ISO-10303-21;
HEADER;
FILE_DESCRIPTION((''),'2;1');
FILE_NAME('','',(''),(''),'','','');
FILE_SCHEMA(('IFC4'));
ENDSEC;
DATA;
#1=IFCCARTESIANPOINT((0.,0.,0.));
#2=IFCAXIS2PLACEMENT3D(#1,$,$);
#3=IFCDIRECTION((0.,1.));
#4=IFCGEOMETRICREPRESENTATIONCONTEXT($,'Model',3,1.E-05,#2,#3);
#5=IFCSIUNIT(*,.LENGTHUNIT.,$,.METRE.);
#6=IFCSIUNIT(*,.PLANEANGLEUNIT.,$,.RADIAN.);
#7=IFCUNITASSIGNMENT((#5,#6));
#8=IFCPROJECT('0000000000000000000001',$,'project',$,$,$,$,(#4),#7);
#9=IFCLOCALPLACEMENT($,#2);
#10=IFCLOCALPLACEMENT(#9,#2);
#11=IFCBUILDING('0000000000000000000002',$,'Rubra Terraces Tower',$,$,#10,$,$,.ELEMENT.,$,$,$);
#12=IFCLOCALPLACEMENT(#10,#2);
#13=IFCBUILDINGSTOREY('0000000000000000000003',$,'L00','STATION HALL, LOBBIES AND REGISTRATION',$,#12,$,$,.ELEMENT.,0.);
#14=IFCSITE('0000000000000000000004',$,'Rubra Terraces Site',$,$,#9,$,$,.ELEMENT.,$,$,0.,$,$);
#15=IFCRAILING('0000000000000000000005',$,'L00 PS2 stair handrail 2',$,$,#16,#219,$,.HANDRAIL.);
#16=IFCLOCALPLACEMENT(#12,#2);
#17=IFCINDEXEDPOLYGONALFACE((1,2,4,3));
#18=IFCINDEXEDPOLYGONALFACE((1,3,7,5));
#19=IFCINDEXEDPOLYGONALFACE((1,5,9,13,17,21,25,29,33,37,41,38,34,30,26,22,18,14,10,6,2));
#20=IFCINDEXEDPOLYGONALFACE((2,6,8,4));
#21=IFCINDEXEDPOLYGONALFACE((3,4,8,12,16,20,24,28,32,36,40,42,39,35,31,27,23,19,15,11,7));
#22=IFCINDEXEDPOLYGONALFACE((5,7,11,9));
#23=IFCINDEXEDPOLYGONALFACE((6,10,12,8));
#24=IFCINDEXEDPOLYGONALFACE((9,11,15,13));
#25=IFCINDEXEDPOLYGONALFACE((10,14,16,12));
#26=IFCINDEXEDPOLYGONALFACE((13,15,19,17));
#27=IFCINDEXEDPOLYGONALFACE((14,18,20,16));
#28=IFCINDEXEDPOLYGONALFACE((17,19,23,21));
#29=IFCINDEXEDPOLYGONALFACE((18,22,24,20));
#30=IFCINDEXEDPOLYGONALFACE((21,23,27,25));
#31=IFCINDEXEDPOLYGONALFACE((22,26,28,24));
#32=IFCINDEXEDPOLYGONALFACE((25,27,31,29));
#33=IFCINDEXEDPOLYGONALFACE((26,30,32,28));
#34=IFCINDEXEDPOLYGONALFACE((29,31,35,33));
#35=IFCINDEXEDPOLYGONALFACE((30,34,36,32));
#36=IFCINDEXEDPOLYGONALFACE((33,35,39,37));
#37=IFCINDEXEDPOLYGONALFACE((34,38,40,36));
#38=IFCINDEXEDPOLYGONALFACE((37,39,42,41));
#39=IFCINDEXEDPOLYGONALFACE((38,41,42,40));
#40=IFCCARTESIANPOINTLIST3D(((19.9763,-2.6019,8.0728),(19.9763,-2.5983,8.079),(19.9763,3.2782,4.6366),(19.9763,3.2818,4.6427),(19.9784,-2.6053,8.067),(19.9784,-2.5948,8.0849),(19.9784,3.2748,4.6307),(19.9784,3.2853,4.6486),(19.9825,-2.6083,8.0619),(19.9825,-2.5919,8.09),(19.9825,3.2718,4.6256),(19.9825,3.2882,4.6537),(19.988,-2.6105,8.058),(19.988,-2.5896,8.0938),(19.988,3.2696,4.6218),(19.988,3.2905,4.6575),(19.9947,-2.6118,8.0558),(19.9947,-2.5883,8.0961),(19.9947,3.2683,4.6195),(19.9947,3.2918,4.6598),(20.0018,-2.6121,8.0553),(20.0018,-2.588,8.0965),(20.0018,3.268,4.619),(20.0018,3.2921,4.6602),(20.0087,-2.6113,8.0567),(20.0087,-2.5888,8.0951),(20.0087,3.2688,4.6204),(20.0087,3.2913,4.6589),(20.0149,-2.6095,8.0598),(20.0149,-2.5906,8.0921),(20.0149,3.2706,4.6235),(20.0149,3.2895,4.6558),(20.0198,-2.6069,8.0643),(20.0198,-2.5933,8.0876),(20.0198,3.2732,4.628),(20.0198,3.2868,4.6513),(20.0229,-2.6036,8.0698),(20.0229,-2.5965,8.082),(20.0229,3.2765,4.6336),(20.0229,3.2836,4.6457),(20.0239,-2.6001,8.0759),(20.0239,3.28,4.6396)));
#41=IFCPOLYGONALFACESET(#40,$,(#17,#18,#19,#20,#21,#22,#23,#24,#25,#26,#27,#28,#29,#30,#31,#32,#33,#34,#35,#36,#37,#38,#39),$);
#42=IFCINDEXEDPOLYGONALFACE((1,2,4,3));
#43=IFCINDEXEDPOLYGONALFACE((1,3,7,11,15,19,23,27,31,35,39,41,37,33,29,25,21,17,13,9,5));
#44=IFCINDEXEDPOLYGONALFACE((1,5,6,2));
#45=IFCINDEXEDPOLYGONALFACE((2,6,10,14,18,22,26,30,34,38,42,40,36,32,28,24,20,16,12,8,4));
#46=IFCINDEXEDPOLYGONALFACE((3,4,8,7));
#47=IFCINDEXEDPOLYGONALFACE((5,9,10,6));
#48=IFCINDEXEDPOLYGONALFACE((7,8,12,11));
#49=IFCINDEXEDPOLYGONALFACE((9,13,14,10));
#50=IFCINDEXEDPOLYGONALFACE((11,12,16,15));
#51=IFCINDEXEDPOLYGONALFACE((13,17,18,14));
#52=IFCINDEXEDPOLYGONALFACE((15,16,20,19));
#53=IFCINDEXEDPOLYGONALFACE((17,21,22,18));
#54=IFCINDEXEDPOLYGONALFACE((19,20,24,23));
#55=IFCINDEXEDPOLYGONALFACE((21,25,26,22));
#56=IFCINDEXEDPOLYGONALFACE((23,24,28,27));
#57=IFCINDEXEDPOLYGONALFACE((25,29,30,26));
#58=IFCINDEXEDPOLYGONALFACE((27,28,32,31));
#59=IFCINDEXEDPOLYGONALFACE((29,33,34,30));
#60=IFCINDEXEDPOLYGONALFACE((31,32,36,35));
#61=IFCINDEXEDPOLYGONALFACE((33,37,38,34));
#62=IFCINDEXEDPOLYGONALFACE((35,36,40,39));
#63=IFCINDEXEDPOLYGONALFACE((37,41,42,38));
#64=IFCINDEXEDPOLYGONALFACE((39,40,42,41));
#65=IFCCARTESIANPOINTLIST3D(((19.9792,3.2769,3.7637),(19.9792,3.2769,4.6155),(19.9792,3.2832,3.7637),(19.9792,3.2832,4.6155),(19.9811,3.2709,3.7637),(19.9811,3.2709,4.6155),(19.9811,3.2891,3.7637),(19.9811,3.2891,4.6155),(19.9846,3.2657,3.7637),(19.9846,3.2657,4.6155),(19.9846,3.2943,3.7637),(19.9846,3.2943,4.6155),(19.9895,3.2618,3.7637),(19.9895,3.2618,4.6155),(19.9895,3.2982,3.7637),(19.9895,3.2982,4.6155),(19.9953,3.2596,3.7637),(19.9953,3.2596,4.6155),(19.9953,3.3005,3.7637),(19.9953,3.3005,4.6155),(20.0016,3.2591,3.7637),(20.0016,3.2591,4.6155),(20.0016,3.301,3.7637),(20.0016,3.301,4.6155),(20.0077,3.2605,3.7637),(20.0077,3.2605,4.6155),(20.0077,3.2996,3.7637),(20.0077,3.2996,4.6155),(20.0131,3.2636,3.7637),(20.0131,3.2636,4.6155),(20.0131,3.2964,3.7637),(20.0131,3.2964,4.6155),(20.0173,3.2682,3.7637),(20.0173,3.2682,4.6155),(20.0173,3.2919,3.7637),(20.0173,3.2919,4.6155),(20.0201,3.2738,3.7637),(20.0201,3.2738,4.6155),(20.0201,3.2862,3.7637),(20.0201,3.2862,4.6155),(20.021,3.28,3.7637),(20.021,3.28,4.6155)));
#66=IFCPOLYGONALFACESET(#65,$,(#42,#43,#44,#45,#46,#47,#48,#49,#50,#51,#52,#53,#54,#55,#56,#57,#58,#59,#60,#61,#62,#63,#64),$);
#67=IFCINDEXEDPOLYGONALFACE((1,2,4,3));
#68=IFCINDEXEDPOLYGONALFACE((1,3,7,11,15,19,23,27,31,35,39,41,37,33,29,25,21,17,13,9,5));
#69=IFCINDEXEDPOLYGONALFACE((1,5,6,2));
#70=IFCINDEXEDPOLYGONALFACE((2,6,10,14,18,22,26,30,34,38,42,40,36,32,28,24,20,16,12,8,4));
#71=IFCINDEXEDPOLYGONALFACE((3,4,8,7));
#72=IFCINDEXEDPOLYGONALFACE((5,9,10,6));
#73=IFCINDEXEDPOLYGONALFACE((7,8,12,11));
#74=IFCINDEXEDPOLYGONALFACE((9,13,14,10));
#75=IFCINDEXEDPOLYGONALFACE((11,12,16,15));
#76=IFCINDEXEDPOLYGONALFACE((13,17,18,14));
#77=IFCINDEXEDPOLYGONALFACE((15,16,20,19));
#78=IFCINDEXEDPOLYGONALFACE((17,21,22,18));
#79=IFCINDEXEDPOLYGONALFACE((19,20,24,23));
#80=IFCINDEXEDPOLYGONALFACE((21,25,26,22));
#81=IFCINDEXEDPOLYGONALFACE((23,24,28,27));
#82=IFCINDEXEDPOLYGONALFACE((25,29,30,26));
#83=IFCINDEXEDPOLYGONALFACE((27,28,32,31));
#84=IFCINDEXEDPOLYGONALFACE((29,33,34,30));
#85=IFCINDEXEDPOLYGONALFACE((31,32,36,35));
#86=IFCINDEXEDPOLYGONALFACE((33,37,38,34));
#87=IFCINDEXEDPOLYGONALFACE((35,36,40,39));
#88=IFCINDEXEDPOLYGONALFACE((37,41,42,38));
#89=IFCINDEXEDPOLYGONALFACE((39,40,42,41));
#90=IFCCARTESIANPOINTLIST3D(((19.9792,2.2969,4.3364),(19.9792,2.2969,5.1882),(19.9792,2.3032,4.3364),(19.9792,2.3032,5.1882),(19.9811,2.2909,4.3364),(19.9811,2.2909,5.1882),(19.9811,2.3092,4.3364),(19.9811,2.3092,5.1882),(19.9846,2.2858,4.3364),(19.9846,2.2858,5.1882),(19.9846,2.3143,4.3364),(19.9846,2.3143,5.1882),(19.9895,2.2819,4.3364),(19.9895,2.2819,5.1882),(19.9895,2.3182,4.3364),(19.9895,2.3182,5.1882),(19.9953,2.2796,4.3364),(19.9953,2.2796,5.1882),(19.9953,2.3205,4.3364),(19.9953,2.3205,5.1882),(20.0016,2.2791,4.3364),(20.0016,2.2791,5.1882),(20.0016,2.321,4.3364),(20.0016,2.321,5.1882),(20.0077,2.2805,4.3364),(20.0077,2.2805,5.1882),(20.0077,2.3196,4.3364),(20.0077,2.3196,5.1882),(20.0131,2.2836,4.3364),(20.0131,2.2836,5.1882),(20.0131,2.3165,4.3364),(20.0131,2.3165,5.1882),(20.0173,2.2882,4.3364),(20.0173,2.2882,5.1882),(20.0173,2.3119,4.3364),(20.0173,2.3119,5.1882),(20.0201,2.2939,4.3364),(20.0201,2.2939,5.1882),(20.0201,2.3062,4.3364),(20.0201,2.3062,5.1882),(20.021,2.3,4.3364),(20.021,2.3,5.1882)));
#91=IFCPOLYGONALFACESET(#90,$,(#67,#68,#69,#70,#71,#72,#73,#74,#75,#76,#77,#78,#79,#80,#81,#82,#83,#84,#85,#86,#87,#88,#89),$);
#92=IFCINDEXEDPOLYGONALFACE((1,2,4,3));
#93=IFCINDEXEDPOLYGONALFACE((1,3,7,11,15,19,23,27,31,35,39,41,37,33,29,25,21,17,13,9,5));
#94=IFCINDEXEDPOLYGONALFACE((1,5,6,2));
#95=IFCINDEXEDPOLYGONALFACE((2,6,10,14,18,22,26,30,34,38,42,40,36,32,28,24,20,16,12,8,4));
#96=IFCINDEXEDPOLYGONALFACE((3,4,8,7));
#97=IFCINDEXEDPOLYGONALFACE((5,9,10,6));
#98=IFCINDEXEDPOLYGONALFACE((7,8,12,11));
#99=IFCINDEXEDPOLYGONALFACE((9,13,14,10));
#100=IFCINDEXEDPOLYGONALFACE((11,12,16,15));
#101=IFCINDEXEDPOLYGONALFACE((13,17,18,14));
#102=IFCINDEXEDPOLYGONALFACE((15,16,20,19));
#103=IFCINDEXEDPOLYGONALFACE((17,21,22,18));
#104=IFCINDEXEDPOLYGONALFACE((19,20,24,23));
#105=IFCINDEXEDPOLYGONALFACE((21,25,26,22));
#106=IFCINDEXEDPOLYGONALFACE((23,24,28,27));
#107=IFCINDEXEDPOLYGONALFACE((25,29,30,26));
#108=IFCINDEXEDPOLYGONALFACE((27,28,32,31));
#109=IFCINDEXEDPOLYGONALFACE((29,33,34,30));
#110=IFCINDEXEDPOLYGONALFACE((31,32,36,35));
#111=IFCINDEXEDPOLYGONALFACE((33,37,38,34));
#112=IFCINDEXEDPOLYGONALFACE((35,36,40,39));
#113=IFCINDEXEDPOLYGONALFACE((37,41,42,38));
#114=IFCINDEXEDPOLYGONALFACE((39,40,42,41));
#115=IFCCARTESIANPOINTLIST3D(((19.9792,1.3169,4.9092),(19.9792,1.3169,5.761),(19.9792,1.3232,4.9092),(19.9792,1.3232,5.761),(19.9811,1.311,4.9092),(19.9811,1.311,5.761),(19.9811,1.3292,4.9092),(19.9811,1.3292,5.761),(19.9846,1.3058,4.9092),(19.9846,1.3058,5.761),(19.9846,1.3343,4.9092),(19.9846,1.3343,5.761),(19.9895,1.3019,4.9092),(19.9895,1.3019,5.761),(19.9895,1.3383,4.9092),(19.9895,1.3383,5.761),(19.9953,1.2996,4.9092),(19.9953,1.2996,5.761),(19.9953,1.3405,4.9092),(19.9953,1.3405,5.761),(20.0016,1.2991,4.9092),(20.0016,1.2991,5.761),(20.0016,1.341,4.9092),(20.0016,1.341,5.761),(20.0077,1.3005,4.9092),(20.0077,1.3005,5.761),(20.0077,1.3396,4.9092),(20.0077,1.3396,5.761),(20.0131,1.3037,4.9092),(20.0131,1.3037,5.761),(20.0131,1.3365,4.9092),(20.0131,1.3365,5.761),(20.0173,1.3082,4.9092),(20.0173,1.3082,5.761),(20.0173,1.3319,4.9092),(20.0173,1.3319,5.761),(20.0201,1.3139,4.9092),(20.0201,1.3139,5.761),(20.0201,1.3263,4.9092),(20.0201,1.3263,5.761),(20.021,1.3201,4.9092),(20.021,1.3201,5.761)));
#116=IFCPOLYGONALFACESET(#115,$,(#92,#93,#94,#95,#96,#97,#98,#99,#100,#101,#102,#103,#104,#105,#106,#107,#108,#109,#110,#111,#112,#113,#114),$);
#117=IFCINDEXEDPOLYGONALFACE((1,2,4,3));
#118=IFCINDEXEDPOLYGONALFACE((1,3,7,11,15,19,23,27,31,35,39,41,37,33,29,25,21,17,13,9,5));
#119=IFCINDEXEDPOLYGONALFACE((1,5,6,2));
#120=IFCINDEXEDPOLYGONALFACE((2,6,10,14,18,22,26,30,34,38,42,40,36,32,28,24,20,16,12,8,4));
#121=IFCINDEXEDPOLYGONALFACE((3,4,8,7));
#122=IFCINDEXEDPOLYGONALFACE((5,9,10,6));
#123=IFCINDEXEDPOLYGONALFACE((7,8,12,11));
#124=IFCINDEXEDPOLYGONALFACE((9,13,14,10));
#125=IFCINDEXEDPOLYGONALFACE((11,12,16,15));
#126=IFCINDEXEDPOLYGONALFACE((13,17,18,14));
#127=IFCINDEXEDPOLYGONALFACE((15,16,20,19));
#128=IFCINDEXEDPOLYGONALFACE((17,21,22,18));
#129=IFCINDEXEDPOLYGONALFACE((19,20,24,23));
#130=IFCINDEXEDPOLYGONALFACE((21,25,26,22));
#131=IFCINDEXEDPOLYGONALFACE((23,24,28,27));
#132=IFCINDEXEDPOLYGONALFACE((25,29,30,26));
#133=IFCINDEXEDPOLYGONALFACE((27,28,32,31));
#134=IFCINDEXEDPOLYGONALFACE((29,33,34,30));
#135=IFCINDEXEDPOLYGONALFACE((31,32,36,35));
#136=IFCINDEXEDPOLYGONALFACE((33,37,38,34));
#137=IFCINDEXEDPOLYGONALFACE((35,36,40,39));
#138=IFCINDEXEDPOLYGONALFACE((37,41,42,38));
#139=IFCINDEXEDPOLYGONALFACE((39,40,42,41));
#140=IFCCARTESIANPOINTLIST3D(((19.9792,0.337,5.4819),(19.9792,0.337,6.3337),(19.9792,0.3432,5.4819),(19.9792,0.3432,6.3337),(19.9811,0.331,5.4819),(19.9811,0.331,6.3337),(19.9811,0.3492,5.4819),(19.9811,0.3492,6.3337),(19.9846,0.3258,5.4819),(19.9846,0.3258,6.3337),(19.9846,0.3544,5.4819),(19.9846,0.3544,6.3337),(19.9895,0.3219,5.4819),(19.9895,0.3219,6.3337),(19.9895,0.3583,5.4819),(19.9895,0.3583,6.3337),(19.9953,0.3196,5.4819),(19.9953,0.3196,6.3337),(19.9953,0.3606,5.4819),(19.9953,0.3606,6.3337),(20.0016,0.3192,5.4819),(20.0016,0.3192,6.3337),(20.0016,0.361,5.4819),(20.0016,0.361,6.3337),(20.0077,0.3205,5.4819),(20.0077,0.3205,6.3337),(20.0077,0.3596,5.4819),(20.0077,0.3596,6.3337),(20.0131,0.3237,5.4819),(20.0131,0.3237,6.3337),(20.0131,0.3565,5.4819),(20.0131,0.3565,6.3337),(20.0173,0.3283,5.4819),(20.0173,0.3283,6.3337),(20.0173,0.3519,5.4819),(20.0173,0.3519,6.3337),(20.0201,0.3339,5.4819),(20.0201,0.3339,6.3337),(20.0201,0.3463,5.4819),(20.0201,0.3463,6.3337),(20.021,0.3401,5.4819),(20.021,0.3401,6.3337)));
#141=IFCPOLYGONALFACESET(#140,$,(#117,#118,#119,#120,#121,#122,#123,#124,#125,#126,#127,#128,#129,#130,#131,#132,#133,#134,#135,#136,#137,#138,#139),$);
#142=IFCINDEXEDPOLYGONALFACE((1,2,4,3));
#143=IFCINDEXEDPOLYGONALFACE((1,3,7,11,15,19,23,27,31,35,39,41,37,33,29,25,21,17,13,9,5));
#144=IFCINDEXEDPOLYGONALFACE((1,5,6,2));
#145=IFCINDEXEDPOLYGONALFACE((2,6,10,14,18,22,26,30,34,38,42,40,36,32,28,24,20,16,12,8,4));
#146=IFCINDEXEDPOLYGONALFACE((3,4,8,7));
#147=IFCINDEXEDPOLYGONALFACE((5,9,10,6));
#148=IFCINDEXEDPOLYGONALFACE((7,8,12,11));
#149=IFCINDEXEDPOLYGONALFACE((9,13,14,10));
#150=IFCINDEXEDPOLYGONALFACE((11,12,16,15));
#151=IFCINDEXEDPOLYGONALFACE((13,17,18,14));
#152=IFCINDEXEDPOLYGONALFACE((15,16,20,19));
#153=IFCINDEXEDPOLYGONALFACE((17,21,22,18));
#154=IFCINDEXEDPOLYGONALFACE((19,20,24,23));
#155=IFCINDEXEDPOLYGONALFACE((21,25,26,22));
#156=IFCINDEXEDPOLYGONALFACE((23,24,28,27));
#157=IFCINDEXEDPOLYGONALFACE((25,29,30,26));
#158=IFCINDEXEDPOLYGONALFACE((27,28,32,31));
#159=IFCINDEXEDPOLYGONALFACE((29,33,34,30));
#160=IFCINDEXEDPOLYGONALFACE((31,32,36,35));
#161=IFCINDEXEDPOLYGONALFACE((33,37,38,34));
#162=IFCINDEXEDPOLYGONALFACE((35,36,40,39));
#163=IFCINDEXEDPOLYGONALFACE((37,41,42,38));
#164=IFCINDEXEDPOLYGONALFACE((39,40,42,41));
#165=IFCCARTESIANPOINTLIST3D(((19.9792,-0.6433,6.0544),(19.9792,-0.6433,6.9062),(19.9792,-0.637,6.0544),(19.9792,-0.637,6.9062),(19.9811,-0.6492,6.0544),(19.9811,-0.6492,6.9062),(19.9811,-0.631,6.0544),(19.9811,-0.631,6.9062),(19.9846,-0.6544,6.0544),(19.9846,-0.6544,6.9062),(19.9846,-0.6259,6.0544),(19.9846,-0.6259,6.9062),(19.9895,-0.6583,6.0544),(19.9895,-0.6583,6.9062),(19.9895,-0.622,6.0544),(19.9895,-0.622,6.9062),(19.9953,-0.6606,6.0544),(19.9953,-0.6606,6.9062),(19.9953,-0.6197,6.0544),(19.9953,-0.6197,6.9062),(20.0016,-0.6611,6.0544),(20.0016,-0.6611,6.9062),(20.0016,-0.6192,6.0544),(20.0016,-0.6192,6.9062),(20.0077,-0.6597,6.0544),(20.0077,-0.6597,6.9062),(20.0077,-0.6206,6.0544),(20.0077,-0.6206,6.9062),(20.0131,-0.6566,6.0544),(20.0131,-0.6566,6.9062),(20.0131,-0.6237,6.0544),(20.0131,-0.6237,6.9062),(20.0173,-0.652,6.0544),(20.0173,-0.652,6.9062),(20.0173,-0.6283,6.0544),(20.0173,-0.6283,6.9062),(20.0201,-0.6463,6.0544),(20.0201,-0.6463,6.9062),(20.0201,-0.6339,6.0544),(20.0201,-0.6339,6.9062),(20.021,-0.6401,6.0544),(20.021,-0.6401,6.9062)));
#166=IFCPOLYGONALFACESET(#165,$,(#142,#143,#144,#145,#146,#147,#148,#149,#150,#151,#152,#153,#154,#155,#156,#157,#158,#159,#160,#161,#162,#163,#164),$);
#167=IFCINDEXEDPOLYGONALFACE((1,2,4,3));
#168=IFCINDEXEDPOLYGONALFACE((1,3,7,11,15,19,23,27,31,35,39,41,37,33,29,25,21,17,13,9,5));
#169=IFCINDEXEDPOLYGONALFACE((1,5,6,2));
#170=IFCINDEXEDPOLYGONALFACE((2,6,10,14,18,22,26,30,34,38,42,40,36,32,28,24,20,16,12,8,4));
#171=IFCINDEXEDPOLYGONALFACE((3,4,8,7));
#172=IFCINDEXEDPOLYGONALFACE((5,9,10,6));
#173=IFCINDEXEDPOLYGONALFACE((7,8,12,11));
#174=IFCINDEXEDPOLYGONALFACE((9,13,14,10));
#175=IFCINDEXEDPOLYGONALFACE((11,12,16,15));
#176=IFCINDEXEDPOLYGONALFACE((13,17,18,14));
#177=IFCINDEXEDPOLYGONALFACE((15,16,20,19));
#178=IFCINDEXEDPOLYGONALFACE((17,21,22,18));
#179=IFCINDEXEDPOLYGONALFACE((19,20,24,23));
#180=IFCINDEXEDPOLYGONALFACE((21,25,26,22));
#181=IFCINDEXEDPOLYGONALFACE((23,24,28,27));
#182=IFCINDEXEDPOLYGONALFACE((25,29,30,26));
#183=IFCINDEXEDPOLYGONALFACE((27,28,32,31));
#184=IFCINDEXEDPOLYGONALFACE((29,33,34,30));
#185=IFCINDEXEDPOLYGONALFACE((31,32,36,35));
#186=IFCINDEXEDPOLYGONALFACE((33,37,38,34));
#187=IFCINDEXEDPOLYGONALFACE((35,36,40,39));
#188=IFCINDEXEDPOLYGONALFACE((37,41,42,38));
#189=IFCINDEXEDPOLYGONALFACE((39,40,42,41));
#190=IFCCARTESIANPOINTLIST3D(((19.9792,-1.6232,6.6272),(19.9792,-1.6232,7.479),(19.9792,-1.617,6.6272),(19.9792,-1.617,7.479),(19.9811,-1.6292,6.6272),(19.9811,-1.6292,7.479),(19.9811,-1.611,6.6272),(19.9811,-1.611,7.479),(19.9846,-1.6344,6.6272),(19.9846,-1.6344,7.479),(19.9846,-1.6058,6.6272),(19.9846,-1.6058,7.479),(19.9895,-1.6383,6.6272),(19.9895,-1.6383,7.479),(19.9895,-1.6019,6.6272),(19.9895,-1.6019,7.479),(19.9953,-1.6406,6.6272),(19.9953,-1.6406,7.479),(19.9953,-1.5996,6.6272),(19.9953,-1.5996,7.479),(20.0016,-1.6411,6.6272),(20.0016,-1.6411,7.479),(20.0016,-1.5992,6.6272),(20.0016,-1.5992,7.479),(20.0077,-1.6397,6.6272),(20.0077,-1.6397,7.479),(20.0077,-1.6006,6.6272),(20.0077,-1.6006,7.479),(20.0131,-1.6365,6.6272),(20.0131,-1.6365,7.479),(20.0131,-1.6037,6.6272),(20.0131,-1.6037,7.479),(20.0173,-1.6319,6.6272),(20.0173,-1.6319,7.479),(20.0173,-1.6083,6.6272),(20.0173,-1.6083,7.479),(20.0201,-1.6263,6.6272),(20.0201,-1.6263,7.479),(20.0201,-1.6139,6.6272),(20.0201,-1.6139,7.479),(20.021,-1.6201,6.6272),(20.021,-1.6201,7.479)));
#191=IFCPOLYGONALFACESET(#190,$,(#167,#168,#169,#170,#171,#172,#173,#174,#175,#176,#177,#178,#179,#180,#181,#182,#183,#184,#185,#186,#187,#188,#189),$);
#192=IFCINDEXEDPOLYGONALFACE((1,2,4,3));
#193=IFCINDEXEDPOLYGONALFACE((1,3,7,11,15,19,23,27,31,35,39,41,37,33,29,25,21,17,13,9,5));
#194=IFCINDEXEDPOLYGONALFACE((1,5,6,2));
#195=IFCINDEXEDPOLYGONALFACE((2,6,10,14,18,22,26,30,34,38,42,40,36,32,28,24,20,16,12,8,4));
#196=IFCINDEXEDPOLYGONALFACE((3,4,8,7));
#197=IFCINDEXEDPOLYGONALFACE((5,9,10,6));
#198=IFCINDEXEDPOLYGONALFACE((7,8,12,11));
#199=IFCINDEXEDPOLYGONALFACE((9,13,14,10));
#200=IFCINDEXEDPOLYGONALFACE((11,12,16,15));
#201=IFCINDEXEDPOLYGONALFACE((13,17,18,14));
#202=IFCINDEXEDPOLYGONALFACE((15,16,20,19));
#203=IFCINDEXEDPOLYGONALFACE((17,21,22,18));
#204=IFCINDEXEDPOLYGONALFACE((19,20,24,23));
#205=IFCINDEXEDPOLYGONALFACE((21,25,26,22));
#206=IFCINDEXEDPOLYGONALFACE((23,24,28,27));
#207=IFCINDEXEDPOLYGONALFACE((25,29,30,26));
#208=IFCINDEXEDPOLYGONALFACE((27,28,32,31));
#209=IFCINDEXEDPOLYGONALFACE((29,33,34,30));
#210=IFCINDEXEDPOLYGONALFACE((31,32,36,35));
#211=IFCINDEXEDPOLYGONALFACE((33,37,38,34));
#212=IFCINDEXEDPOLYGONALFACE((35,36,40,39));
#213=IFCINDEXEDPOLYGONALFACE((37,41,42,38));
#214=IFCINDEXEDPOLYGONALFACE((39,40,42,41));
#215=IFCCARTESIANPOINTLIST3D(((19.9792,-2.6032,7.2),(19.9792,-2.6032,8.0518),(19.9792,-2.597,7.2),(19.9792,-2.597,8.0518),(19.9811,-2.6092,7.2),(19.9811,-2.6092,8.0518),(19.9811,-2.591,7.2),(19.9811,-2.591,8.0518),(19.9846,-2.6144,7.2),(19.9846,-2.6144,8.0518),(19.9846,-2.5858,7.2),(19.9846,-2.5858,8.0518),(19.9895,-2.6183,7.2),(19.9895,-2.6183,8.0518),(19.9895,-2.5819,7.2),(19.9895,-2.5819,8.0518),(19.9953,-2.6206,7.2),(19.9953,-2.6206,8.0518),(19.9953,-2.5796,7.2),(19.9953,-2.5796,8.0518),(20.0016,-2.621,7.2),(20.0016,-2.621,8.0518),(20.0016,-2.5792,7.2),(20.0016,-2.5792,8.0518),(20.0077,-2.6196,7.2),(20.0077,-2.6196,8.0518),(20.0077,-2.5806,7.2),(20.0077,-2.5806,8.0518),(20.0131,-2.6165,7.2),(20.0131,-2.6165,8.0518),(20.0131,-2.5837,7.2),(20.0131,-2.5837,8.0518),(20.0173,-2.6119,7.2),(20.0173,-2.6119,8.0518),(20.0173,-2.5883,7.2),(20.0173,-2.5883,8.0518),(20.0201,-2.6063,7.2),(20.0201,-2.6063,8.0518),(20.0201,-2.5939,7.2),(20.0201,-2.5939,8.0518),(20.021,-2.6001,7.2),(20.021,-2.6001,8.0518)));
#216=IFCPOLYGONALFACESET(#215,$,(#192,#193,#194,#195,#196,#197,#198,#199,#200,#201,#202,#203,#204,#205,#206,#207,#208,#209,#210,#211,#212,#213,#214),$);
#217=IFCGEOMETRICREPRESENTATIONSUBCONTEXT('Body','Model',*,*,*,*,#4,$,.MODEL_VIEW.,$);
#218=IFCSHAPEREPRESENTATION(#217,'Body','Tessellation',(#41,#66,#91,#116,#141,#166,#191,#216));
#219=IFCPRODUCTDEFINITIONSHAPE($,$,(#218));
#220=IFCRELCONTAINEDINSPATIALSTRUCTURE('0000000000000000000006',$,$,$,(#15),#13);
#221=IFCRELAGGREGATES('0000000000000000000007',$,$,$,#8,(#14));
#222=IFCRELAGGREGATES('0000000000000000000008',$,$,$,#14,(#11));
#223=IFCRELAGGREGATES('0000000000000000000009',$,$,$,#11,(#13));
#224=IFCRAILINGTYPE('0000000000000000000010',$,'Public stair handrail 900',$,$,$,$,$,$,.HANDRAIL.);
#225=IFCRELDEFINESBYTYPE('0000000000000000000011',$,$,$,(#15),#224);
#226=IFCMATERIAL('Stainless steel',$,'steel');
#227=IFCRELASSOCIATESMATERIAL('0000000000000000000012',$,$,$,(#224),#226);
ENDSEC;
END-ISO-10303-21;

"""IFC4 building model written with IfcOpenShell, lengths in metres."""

from ifc_helpers import new_model, si_unit, direction, frame, origin, origin_2d, place, context, subcontext, project, spatial, circle, extrude, material, type_object, element, save


model = new_model("IFC4")

# Units and contexts
model_context = context("Model", 3, precision=1e-05, world=origin(), true_north=direction((0.0, 1.0)))
body_context = subcontext(model_context, "Body", "Model", "MODEL_VIEW")
ifc_project = project(units=[si_unit("LENGTHUNIT", "METRE"), si_unit("PLANEANGLEUNIT", "RADIAN")], contexts=[model_context])

# Site, building, storey
site_placement = place(None, origin())
site = spatial("IfcSite", under=ifc_project, at=site_placement, Name="Rubra Terraces Site", CompositionType="ELEMENT", RefElevation=0.0)
building_placement = place(site_placement, origin())
building = spatial("IfcBuilding", under=site, at=building_placement, Name="Rubra Terraces Tower", CompositionType="ELEMENT")
storey_placement = place(building_placement, origin())
storey = spatial("IfcBuildingStorey", under=building, at=storey_placement, Name="L00", Description="STATION HALL, LOBBIES AND REGISTRATION", CompositionType="ELEMENT", Elevation=0.0)

# Railing
ifc_material_1 = material(Name="Stainless steel", Category="steel")
railing_type_1 = type_object("IfcRailingType", Name="Public stair handrail 900", PredefinedType="HANDRAIL", material=ifc_material_1)
railing_1_placement = place(storey_placement, frame((20.0, 3.28, 3.7637)))
element("IfcRailing", 1, at=railing_1_placement, inside=storey, type_object=railing_type_1, Name="L00 PS2 stair handrail 2", PredefinedType="HANDRAIL", context=body_context, shape_type="SweptSolid", body=[
    extrude(circle(Radius=0.0239, at=origin_2d()), frame((0.0, 0.0, 0.876), z_axis=(0.0, -0.863382, 0.504551), x_axis=(1.0, 0.0, 0.0)), (0.0, 0.0, 1.0), 6.8105),
    extrude(circle(Radius=0.021, at=origin_2d()), origin(), (0.0, 0.0, 1.0), 0.8518),
    extrude(circle(Radius=0.021, at=origin_2d()), frame((0.0, -0.98, 0.5728)), (0.0, 0.0, 1.0), 0.8518),
    extrude(circle(Radius=0.021, at=origin_2d()), frame((0.0, -1.96, 1.1455)), (0.0, 0.0, 1.0), 0.8518),
    extrude(circle(Radius=0.021, at=origin_2d()), frame((0.0, -2.9399, 1.7183)), (0.0, 0.0, 1.0), 0.8518),
    extrude(circle(Radius=0.021, at=origin_2d()), frame((0.0, -3.9202, 2.2908)), (0.0, 0.0, 1.0), 0.8518),
    extrude(circle(Radius=0.021, at=origin_2d()), frame((0.0, -4.9001, 2.8635)), (0.0, 0.0, 1.0), 0.8518),
    extrude(circle(Radius=0.021, at=origin_2d()), frame((0.0, -5.8801, 3.4363)), (0.0, 0.0, 1.0), 0.8518),
])

save(model, "model.ifc")
